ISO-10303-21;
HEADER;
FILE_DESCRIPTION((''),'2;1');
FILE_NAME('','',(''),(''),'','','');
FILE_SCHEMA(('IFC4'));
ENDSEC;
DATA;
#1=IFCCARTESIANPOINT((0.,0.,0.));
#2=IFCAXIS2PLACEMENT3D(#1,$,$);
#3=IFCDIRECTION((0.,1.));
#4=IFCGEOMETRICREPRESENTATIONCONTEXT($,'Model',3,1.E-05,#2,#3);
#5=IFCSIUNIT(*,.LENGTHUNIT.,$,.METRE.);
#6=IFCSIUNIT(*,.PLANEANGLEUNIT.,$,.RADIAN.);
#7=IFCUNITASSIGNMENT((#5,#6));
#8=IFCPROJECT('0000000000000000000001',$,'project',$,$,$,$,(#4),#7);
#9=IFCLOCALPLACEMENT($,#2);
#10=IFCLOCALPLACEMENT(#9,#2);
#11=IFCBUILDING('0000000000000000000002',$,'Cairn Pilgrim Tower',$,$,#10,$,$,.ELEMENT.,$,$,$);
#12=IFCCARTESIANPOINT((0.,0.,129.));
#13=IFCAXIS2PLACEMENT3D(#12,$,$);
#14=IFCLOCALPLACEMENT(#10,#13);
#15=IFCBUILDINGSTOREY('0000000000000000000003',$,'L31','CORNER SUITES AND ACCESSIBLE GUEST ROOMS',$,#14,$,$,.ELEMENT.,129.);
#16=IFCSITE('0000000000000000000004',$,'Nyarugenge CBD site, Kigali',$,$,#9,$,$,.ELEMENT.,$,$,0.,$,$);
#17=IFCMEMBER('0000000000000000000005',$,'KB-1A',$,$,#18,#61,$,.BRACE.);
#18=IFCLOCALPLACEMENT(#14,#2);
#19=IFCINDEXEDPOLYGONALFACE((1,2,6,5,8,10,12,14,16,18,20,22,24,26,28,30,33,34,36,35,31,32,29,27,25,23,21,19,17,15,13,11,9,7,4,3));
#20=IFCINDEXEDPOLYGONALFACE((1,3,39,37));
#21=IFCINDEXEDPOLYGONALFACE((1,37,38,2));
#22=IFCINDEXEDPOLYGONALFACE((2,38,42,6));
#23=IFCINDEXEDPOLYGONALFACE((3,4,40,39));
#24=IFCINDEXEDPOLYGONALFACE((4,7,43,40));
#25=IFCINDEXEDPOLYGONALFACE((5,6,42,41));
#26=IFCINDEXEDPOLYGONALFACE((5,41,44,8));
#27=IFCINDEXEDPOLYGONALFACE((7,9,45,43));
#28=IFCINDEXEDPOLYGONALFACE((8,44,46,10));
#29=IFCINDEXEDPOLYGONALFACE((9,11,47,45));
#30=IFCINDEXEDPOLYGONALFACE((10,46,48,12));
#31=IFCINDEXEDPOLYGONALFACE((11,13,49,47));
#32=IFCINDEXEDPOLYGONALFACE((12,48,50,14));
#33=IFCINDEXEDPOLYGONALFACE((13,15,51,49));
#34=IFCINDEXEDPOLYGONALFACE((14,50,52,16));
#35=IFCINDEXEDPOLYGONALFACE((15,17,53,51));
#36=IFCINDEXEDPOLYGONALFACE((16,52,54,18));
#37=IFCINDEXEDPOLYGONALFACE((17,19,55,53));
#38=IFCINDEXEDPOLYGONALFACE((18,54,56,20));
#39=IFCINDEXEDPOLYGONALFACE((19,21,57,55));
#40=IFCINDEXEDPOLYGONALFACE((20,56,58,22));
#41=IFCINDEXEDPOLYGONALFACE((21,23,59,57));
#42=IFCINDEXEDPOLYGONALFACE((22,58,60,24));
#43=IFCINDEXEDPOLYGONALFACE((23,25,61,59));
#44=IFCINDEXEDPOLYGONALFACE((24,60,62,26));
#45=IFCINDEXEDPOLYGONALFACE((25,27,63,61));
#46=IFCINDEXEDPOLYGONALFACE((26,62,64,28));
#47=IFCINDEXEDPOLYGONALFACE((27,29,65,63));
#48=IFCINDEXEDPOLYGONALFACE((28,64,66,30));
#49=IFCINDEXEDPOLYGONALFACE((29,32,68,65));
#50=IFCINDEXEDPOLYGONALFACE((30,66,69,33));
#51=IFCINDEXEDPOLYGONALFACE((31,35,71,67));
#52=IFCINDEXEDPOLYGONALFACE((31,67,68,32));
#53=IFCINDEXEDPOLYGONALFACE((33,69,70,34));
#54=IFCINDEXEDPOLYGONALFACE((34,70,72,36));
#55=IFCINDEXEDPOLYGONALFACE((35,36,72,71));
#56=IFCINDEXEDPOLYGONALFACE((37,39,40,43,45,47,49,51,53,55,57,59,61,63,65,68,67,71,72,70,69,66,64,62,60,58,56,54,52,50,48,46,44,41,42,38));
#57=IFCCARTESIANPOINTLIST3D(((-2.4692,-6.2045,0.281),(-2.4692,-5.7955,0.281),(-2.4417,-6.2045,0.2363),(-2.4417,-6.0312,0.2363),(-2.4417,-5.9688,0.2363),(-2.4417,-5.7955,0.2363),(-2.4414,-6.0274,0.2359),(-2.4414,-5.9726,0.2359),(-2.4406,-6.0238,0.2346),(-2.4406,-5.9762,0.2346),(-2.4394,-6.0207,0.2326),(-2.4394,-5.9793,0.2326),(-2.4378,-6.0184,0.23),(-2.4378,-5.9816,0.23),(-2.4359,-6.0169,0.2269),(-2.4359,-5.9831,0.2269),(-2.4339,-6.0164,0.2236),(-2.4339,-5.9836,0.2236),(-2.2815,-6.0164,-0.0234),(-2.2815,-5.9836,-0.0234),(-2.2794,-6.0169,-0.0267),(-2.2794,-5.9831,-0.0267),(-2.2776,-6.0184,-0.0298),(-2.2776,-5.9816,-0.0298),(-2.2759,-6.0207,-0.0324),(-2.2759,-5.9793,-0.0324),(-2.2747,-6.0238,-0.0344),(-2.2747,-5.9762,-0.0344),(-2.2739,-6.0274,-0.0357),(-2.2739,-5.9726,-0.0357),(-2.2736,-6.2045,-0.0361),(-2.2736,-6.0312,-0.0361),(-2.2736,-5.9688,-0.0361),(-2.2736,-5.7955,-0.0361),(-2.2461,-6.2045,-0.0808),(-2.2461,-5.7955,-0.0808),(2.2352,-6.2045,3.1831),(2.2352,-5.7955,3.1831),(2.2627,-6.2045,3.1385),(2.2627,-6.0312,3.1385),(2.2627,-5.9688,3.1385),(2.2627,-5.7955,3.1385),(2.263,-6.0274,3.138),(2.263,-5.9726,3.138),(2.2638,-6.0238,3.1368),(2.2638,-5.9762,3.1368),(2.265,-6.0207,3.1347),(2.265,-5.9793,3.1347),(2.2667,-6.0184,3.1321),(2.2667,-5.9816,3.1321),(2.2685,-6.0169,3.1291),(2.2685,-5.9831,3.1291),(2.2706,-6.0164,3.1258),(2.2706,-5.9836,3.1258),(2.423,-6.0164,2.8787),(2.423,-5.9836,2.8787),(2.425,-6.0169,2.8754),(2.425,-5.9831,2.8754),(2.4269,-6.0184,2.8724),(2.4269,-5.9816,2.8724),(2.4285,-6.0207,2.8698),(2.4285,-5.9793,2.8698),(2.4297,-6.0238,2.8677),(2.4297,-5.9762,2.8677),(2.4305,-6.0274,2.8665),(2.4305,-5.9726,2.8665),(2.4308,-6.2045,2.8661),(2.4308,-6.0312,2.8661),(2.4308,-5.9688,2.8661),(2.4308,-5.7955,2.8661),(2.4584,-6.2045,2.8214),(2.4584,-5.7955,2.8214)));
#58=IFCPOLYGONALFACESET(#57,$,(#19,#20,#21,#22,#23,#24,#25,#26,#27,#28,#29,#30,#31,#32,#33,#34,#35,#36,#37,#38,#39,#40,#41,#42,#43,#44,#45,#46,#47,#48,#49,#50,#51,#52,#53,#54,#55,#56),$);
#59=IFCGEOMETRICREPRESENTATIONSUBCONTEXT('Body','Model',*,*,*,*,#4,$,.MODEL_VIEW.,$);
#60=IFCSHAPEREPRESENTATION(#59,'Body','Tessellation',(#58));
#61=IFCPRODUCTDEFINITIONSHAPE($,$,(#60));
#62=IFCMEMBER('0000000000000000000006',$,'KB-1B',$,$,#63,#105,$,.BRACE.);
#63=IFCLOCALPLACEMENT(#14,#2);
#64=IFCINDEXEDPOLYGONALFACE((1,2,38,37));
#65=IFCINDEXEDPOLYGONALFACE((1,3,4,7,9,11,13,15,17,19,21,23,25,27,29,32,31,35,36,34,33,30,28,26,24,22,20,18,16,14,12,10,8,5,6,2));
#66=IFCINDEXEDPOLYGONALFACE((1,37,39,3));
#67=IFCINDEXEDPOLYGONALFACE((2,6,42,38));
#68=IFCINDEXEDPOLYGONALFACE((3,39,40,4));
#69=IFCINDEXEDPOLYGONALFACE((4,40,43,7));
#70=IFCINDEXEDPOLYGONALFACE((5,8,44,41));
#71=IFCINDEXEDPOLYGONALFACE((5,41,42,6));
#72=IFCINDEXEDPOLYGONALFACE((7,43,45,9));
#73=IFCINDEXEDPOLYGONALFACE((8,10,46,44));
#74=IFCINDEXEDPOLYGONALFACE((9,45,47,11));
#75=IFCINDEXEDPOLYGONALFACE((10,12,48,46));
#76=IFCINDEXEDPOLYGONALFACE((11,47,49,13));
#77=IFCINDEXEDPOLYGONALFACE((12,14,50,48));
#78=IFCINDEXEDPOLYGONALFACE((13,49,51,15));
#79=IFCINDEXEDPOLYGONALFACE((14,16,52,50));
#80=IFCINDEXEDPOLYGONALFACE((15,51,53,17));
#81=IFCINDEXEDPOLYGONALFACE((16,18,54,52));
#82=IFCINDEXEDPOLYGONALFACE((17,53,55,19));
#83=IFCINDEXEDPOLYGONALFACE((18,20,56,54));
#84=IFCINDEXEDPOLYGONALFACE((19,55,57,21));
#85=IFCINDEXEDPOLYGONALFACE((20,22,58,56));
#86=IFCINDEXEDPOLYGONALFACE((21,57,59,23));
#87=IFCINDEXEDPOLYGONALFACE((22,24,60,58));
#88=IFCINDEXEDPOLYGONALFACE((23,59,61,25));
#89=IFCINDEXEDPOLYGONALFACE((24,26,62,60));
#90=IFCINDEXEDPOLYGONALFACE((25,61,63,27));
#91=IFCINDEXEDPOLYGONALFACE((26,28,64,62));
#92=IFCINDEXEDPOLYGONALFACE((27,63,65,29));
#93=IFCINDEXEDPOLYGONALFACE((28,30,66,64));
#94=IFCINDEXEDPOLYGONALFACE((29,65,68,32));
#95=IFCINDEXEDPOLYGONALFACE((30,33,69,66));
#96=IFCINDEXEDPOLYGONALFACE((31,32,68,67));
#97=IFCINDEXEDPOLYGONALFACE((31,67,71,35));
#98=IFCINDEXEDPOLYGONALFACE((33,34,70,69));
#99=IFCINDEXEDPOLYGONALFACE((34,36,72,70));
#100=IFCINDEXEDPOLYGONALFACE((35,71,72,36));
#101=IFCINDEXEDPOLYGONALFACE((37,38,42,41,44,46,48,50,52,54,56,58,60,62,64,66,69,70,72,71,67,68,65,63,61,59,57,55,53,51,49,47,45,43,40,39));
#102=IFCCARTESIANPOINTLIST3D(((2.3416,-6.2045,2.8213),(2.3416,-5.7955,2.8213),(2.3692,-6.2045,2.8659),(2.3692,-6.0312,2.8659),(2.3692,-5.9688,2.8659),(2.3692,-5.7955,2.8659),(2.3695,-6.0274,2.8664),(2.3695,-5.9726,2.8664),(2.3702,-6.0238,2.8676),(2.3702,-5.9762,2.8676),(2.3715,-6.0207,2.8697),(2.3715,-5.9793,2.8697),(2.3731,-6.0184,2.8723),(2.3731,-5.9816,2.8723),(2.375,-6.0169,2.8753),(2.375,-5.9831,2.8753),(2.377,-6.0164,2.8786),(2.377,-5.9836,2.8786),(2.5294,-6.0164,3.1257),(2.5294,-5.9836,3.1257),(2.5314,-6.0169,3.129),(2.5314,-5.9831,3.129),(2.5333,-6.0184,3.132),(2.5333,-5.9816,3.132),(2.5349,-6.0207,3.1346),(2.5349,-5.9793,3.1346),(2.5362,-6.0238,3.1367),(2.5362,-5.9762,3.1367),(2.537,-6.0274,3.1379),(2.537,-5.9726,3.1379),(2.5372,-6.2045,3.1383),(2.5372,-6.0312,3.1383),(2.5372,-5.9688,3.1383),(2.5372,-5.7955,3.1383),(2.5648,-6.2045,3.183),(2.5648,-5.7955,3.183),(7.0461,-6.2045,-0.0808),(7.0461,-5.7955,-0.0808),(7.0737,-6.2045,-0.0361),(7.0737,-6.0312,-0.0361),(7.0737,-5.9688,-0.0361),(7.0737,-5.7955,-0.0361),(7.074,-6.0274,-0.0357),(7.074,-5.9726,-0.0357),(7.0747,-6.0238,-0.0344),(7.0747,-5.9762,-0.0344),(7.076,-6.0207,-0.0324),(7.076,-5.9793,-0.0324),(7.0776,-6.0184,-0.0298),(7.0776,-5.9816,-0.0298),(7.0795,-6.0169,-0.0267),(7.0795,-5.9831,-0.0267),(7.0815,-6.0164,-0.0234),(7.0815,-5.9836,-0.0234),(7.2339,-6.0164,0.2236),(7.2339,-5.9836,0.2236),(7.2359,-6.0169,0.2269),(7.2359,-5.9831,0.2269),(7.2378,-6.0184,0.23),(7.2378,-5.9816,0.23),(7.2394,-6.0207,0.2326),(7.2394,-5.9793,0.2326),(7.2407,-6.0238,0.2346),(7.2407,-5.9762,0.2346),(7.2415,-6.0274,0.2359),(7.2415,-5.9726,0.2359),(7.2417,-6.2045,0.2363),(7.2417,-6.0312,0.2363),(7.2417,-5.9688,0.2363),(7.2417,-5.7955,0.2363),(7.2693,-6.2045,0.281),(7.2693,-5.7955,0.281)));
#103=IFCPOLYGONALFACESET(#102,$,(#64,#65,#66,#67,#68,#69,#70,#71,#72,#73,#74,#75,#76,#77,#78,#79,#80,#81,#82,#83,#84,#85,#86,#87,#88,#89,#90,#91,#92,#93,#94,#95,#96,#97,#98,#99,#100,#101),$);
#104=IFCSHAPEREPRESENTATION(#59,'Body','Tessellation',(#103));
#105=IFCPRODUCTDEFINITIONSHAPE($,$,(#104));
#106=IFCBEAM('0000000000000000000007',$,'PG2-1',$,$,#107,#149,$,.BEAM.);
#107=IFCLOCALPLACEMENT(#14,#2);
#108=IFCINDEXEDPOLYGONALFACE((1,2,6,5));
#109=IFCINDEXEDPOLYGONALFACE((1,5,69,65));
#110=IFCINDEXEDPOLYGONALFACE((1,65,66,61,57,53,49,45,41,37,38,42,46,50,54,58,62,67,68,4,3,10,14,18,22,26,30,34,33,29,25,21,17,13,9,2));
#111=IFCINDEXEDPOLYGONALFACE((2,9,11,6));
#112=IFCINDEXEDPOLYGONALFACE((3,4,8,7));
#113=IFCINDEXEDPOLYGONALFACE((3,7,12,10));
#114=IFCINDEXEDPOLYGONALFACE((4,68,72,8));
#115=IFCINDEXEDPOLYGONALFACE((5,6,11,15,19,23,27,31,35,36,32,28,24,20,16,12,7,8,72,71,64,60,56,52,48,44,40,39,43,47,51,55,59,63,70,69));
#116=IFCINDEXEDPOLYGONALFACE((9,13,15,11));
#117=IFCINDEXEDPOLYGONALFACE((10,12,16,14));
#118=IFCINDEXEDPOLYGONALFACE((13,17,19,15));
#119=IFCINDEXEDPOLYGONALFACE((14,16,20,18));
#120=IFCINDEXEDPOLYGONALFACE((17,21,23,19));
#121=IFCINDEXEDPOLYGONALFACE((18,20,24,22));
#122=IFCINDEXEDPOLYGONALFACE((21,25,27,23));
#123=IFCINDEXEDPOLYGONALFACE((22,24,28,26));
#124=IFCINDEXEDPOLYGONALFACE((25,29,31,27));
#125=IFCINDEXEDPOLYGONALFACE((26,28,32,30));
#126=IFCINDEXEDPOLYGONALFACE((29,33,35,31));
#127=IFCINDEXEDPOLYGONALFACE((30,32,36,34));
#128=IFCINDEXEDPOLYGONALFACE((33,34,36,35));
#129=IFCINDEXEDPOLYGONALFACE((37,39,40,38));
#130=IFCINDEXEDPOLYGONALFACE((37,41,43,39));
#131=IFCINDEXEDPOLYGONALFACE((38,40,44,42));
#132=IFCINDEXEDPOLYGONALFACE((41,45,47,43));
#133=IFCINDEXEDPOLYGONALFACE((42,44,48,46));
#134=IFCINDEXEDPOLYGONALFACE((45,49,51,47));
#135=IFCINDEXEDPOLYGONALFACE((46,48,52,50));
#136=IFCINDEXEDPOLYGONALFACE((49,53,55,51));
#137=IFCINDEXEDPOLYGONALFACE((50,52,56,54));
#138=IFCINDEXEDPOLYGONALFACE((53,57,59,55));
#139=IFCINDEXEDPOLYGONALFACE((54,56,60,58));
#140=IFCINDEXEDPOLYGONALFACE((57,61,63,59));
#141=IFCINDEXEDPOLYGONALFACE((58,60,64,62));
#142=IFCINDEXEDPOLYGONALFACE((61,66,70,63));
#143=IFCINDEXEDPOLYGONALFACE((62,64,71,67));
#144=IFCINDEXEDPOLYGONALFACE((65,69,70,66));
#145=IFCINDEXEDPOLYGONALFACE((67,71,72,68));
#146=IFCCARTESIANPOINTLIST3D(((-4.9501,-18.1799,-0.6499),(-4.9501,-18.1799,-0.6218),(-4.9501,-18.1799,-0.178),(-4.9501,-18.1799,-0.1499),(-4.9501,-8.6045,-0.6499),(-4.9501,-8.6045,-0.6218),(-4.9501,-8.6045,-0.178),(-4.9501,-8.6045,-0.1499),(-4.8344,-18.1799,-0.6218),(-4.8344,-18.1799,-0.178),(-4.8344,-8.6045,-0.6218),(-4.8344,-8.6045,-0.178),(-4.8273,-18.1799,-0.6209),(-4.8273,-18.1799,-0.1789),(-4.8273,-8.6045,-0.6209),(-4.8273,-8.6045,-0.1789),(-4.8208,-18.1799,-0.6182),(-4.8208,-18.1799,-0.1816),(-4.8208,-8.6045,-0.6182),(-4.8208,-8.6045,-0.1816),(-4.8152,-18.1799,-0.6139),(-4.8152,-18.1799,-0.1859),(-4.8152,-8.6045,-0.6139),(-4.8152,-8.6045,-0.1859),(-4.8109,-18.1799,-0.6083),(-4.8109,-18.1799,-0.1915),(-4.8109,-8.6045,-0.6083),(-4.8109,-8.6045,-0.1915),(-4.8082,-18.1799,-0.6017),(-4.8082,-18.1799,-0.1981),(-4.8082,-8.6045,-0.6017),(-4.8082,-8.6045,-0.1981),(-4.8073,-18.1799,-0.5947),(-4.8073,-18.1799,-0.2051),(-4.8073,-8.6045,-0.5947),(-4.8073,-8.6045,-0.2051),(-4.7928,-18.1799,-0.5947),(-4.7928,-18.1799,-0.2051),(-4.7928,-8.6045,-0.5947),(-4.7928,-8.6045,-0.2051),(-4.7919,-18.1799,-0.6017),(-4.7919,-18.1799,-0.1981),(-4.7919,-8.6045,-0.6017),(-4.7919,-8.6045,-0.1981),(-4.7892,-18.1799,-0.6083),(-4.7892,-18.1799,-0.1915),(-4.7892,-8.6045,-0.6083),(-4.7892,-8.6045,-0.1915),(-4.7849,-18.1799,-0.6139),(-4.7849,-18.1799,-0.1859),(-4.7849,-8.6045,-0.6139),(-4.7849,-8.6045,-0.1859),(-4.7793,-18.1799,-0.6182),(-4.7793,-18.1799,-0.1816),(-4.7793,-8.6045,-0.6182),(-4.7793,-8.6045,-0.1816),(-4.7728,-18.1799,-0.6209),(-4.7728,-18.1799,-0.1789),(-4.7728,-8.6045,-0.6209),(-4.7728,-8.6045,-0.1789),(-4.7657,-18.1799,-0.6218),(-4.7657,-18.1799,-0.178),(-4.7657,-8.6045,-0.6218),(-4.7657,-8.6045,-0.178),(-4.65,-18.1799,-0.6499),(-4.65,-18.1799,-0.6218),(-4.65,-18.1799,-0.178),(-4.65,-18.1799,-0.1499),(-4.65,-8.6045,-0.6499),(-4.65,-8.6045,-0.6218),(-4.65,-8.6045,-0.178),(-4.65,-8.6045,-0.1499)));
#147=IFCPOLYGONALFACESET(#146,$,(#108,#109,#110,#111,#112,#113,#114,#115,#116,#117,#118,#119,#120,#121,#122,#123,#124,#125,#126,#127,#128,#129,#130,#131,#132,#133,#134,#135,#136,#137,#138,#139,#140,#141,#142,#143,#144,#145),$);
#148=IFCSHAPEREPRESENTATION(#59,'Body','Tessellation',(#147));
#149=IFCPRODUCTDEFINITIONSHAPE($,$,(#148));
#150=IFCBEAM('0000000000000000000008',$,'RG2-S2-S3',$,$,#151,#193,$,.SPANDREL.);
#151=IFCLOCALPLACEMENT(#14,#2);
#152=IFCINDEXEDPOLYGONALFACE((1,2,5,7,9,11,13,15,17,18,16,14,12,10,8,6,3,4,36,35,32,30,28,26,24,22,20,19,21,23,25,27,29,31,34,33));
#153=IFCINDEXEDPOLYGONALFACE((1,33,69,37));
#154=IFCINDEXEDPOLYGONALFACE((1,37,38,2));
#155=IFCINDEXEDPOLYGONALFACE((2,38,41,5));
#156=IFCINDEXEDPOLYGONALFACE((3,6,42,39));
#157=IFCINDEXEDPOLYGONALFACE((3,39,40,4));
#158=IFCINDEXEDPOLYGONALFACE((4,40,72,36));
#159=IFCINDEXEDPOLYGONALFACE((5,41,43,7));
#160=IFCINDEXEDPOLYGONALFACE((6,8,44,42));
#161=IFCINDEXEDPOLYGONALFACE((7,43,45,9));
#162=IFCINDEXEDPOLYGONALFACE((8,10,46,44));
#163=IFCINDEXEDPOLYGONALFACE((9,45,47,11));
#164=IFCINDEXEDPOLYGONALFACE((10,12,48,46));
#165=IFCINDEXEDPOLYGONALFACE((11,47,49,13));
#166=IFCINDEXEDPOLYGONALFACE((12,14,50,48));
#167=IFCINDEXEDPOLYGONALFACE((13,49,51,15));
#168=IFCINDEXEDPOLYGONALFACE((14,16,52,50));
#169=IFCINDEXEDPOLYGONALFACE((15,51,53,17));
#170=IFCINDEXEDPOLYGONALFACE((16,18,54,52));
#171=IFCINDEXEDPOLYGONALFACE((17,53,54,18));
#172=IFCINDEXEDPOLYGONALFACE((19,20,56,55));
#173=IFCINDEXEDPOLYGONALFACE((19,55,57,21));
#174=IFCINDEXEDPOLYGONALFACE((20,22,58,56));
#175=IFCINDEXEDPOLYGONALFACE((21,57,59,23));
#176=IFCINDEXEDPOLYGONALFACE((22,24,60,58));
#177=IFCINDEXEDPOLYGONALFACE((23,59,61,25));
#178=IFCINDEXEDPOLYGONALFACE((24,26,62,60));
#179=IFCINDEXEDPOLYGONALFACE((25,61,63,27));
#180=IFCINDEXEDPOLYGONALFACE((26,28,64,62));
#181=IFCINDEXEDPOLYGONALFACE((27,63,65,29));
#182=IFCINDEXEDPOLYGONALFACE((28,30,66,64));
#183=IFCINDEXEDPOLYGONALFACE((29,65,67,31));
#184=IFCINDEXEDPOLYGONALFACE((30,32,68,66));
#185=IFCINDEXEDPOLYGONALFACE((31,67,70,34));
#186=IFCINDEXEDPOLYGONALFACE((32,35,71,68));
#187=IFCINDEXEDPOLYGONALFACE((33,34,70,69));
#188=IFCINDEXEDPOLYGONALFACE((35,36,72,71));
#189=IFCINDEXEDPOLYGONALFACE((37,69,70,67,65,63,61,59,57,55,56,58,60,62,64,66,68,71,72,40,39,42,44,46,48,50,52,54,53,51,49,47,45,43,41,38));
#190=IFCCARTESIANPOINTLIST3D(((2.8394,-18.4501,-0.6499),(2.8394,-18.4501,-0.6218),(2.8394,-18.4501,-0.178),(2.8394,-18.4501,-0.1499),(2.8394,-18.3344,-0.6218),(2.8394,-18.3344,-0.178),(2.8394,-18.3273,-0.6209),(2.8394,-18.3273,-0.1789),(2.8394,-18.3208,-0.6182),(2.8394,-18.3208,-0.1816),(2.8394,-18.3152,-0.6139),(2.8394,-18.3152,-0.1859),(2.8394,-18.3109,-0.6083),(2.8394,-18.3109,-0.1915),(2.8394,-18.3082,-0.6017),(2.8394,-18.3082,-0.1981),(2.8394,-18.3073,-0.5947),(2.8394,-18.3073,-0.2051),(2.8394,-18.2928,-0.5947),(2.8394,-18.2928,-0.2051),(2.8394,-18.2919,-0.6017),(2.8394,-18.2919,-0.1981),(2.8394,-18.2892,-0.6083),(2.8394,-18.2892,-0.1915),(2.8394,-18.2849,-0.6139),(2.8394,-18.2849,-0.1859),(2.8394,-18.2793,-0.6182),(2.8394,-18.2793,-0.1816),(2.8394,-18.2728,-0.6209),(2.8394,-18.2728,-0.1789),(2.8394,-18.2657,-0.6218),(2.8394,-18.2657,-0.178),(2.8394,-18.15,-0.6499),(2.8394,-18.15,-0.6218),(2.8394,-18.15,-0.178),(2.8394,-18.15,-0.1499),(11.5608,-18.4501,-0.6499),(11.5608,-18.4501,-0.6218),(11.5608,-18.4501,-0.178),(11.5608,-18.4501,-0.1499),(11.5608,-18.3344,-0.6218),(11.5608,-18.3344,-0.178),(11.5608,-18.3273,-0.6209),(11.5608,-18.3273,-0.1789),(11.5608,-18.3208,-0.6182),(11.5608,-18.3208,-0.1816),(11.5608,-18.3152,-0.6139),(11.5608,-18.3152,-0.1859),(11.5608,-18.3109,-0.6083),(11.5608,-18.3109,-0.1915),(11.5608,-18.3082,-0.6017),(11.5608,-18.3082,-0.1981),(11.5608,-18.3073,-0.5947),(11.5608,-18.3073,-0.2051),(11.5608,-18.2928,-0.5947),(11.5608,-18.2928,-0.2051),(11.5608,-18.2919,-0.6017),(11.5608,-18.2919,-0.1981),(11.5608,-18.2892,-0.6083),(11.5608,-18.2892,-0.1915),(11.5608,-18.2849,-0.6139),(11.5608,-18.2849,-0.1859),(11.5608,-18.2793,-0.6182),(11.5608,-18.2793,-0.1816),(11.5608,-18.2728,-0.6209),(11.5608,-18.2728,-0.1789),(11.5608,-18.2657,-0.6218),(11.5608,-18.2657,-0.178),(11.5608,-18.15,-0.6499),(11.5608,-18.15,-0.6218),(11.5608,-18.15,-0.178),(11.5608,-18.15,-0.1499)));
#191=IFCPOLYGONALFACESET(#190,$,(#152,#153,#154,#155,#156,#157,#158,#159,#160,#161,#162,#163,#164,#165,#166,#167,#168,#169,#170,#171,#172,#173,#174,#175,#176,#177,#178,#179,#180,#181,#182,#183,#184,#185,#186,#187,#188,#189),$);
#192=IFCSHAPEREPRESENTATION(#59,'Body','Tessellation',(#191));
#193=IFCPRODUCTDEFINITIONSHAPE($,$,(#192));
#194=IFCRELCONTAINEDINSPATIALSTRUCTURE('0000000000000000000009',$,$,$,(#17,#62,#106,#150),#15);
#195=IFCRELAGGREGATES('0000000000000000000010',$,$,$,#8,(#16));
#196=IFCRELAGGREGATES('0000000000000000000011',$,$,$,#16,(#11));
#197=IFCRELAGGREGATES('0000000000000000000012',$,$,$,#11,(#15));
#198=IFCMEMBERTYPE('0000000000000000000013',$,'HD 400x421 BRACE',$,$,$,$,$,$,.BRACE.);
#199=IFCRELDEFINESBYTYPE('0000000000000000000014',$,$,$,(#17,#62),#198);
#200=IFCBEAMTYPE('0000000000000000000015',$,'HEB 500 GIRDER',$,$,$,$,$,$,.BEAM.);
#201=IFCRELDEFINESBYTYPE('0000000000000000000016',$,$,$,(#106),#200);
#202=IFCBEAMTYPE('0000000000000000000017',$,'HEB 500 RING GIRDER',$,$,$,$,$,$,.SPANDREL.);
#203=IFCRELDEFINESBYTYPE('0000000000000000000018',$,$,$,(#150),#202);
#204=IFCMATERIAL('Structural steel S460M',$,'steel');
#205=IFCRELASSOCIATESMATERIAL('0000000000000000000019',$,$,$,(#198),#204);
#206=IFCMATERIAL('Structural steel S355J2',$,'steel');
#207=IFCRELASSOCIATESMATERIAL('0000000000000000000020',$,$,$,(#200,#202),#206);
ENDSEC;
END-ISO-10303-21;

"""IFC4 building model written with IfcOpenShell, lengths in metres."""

from ifc_helpers import new_model, si_unit, direction, frame, origin, origin_2d, place, context, subcontext, project, spatial, i_section, extrude, material, material_profile, profile_set, type_object, element, save


model = new_model("IFC4")

# Units and contexts
model_context = context("Model", 3, precision=1e-05, world=origin(), true_north=direction((0.0, 1.0)))
body_context = subcontext(model_context, "Body", "Model", "MODEL_VIEW")
ifc_project = project(units=[si_unit("LENGTHUNIT", "METRE"), si_unit("PLANEANGLEUNIT", "RADIAN")], contexts=[model_context])

# Site, building, storey
site_placement = place(None, origin())
site = spatial("IfcSite", under=ifc_project, at=site_placement, Name="Nyarugenge CBD site, Kigali", CompositionType="ELEMENT", RefElevation=0.0)
building_placement = place(site_placement, origin())
building = spatial("IfcBuilding", under=site, at=building_placement, Name="Cairn Pilgrim Tower", CompositionType="ELEMENT")
storey_placement = place(building_placement, frame((0.0, 0.0, 129.0)))
storey = spatial("IfcBuildingStorey", under=building, at=storey_placement, Name="L31", Description="CORNER SUITES AND ACCESSIBLE GUEST ROOMS", CompositionType="ELEMENT", Elevation=129.0)

# Shared definitions
ifc_material_1 = material(Name="Structural steel S460M", Category="steel")

# Members
ifc_material_profile_1 = material_profile(ifc_material_1, i_section(OverallWidth=0.4089, OverallDepth=0.425, WebThickness=0.0327, FlangeThickness=0.0525, FilletRadius=0.0149, at=origin_2d()), Name="HD 400x421")
ifc_profile_set_1 = profile_set([ifc_material_profile_1], Name="Structural steel S460M")
member_type_1 = type_object("IfcMemberType", Name="HD 400x421 BRACE", PredefinedType="BRACE", material=ifc_profile_set_1)
for number, where, z_axis, x_axis, name in (
    (1, (-2.3577, -6.0, 0.1001), (0.851083, 0.0, 0.525031), (0.0, 1.0, 0.0), "KB-1A"),
    (2, (7.1577, -6.0, 0.1001), (-0.851095, 0.0, 0.525011), (0.0, -1.0, 0.0), "KB-1B"),
):
    element("IfcMember", number, at=place(storey_placement, frame(where, z_axis=z_axis, x_axis=x_axis)), inside=storey, type_object=member_type_1, Name=name, PredefinedType="BRACE", context=body_context, shape_type="SweptSolid", body=[
        extrude(i_section(OverallWidth=0.4089, OverallDepth=0.425, WebThickness=0.0327, FlangeThickness=0.0525, FilletRadius=0.0149, at=origin_2d()), origin(), (0.0, 0.0, 1.0), 5.5276),
    ])

# Beams
ifc_material_2 = material(Name="Structural steel S355J2", Category="steel")
ifc_material_profile_2 = material_profile(ifc_material_2, i_section(OverallWidth=0.3, OverallDepth=0.5, WebThickness=0.0144, FlangeThickness=0.0281, FilletRadius=0.0271, at=origin_2d()), Name="HEB 500")
ifc_profile_set_2 = profile_set([ifc_material_profile_2], Name="Structural steel S355J2")
beam_type_1 = type_object("IfcBeamType", Name="HEB 500 GIRDER", PredefinedType="BEAM", material=ifc_profile_set_2)
beam_1_placement = place(storey_placement, frame((-4.8, -18.1799, -0.3999), z_axis=(0.0, 1.0, 0.0), x_axis=(-1.0, 0.0, 0.0)))
element("IfcBeam", 3, at=beam_1_placement, inside=storey, type_object=beam_type_1, Name="PG2-1", PredefinedType="BEAM", context=body_context, shape_type="SweptSolid", body=[
    extrude(i_section(OverallWidth=0.3, OverallDepth=0.5, WebThickness=0.0144, FlangeThickness=0.0281, FilletRadius=0.0271, at=origin_2d()), origin(), (0.0, 0.0, 1.0), 9.5754),
])
ifc_material_profile_3 = material_profile(ifc_material_2, i_section(OverallWidth=0.3, OverallDepth=0.5, WebThickness=0.0144, FlangeThickness=0.0281, FilletRadius=0.0271, at=origin_2d()), Name="HEB 500")
ifc_profile_set_3 = profile_set([ifc_material_profile_3], Name="Structural steel S355J2")
beam_type_2 = type_object("IfcBeamType", Name="HEB 500 RING GIRDER", PredefinedType="SPANDREL", material=ifc_profile_set_3)
beam_2_placement = place(storey_placement, frame((2.8394, -18.3, -0.3999), z_axis=(1.0, 0.0, 0.0), x_axis=(0.0, 1.0, 0.0)))
element("IfcBeam", 4, at=beam_2_placement, inside=storey, type_object=beam_type_2, Name="RG2-S2-S3", PredefinedType="SPANDREL", context=body_context, shape_type="SweptSolid", body=[
    extrude(i_section(OverallWidth=0.3, OverallDepth=0.5, WebThickness=0.0144, FlangeThickness=0.0281, FilletRadius=0.0271, at=origin_2d()), origin(), (0.0, 0.0, 1.0), 8.7214),
])

save(model, "model.ifc")
